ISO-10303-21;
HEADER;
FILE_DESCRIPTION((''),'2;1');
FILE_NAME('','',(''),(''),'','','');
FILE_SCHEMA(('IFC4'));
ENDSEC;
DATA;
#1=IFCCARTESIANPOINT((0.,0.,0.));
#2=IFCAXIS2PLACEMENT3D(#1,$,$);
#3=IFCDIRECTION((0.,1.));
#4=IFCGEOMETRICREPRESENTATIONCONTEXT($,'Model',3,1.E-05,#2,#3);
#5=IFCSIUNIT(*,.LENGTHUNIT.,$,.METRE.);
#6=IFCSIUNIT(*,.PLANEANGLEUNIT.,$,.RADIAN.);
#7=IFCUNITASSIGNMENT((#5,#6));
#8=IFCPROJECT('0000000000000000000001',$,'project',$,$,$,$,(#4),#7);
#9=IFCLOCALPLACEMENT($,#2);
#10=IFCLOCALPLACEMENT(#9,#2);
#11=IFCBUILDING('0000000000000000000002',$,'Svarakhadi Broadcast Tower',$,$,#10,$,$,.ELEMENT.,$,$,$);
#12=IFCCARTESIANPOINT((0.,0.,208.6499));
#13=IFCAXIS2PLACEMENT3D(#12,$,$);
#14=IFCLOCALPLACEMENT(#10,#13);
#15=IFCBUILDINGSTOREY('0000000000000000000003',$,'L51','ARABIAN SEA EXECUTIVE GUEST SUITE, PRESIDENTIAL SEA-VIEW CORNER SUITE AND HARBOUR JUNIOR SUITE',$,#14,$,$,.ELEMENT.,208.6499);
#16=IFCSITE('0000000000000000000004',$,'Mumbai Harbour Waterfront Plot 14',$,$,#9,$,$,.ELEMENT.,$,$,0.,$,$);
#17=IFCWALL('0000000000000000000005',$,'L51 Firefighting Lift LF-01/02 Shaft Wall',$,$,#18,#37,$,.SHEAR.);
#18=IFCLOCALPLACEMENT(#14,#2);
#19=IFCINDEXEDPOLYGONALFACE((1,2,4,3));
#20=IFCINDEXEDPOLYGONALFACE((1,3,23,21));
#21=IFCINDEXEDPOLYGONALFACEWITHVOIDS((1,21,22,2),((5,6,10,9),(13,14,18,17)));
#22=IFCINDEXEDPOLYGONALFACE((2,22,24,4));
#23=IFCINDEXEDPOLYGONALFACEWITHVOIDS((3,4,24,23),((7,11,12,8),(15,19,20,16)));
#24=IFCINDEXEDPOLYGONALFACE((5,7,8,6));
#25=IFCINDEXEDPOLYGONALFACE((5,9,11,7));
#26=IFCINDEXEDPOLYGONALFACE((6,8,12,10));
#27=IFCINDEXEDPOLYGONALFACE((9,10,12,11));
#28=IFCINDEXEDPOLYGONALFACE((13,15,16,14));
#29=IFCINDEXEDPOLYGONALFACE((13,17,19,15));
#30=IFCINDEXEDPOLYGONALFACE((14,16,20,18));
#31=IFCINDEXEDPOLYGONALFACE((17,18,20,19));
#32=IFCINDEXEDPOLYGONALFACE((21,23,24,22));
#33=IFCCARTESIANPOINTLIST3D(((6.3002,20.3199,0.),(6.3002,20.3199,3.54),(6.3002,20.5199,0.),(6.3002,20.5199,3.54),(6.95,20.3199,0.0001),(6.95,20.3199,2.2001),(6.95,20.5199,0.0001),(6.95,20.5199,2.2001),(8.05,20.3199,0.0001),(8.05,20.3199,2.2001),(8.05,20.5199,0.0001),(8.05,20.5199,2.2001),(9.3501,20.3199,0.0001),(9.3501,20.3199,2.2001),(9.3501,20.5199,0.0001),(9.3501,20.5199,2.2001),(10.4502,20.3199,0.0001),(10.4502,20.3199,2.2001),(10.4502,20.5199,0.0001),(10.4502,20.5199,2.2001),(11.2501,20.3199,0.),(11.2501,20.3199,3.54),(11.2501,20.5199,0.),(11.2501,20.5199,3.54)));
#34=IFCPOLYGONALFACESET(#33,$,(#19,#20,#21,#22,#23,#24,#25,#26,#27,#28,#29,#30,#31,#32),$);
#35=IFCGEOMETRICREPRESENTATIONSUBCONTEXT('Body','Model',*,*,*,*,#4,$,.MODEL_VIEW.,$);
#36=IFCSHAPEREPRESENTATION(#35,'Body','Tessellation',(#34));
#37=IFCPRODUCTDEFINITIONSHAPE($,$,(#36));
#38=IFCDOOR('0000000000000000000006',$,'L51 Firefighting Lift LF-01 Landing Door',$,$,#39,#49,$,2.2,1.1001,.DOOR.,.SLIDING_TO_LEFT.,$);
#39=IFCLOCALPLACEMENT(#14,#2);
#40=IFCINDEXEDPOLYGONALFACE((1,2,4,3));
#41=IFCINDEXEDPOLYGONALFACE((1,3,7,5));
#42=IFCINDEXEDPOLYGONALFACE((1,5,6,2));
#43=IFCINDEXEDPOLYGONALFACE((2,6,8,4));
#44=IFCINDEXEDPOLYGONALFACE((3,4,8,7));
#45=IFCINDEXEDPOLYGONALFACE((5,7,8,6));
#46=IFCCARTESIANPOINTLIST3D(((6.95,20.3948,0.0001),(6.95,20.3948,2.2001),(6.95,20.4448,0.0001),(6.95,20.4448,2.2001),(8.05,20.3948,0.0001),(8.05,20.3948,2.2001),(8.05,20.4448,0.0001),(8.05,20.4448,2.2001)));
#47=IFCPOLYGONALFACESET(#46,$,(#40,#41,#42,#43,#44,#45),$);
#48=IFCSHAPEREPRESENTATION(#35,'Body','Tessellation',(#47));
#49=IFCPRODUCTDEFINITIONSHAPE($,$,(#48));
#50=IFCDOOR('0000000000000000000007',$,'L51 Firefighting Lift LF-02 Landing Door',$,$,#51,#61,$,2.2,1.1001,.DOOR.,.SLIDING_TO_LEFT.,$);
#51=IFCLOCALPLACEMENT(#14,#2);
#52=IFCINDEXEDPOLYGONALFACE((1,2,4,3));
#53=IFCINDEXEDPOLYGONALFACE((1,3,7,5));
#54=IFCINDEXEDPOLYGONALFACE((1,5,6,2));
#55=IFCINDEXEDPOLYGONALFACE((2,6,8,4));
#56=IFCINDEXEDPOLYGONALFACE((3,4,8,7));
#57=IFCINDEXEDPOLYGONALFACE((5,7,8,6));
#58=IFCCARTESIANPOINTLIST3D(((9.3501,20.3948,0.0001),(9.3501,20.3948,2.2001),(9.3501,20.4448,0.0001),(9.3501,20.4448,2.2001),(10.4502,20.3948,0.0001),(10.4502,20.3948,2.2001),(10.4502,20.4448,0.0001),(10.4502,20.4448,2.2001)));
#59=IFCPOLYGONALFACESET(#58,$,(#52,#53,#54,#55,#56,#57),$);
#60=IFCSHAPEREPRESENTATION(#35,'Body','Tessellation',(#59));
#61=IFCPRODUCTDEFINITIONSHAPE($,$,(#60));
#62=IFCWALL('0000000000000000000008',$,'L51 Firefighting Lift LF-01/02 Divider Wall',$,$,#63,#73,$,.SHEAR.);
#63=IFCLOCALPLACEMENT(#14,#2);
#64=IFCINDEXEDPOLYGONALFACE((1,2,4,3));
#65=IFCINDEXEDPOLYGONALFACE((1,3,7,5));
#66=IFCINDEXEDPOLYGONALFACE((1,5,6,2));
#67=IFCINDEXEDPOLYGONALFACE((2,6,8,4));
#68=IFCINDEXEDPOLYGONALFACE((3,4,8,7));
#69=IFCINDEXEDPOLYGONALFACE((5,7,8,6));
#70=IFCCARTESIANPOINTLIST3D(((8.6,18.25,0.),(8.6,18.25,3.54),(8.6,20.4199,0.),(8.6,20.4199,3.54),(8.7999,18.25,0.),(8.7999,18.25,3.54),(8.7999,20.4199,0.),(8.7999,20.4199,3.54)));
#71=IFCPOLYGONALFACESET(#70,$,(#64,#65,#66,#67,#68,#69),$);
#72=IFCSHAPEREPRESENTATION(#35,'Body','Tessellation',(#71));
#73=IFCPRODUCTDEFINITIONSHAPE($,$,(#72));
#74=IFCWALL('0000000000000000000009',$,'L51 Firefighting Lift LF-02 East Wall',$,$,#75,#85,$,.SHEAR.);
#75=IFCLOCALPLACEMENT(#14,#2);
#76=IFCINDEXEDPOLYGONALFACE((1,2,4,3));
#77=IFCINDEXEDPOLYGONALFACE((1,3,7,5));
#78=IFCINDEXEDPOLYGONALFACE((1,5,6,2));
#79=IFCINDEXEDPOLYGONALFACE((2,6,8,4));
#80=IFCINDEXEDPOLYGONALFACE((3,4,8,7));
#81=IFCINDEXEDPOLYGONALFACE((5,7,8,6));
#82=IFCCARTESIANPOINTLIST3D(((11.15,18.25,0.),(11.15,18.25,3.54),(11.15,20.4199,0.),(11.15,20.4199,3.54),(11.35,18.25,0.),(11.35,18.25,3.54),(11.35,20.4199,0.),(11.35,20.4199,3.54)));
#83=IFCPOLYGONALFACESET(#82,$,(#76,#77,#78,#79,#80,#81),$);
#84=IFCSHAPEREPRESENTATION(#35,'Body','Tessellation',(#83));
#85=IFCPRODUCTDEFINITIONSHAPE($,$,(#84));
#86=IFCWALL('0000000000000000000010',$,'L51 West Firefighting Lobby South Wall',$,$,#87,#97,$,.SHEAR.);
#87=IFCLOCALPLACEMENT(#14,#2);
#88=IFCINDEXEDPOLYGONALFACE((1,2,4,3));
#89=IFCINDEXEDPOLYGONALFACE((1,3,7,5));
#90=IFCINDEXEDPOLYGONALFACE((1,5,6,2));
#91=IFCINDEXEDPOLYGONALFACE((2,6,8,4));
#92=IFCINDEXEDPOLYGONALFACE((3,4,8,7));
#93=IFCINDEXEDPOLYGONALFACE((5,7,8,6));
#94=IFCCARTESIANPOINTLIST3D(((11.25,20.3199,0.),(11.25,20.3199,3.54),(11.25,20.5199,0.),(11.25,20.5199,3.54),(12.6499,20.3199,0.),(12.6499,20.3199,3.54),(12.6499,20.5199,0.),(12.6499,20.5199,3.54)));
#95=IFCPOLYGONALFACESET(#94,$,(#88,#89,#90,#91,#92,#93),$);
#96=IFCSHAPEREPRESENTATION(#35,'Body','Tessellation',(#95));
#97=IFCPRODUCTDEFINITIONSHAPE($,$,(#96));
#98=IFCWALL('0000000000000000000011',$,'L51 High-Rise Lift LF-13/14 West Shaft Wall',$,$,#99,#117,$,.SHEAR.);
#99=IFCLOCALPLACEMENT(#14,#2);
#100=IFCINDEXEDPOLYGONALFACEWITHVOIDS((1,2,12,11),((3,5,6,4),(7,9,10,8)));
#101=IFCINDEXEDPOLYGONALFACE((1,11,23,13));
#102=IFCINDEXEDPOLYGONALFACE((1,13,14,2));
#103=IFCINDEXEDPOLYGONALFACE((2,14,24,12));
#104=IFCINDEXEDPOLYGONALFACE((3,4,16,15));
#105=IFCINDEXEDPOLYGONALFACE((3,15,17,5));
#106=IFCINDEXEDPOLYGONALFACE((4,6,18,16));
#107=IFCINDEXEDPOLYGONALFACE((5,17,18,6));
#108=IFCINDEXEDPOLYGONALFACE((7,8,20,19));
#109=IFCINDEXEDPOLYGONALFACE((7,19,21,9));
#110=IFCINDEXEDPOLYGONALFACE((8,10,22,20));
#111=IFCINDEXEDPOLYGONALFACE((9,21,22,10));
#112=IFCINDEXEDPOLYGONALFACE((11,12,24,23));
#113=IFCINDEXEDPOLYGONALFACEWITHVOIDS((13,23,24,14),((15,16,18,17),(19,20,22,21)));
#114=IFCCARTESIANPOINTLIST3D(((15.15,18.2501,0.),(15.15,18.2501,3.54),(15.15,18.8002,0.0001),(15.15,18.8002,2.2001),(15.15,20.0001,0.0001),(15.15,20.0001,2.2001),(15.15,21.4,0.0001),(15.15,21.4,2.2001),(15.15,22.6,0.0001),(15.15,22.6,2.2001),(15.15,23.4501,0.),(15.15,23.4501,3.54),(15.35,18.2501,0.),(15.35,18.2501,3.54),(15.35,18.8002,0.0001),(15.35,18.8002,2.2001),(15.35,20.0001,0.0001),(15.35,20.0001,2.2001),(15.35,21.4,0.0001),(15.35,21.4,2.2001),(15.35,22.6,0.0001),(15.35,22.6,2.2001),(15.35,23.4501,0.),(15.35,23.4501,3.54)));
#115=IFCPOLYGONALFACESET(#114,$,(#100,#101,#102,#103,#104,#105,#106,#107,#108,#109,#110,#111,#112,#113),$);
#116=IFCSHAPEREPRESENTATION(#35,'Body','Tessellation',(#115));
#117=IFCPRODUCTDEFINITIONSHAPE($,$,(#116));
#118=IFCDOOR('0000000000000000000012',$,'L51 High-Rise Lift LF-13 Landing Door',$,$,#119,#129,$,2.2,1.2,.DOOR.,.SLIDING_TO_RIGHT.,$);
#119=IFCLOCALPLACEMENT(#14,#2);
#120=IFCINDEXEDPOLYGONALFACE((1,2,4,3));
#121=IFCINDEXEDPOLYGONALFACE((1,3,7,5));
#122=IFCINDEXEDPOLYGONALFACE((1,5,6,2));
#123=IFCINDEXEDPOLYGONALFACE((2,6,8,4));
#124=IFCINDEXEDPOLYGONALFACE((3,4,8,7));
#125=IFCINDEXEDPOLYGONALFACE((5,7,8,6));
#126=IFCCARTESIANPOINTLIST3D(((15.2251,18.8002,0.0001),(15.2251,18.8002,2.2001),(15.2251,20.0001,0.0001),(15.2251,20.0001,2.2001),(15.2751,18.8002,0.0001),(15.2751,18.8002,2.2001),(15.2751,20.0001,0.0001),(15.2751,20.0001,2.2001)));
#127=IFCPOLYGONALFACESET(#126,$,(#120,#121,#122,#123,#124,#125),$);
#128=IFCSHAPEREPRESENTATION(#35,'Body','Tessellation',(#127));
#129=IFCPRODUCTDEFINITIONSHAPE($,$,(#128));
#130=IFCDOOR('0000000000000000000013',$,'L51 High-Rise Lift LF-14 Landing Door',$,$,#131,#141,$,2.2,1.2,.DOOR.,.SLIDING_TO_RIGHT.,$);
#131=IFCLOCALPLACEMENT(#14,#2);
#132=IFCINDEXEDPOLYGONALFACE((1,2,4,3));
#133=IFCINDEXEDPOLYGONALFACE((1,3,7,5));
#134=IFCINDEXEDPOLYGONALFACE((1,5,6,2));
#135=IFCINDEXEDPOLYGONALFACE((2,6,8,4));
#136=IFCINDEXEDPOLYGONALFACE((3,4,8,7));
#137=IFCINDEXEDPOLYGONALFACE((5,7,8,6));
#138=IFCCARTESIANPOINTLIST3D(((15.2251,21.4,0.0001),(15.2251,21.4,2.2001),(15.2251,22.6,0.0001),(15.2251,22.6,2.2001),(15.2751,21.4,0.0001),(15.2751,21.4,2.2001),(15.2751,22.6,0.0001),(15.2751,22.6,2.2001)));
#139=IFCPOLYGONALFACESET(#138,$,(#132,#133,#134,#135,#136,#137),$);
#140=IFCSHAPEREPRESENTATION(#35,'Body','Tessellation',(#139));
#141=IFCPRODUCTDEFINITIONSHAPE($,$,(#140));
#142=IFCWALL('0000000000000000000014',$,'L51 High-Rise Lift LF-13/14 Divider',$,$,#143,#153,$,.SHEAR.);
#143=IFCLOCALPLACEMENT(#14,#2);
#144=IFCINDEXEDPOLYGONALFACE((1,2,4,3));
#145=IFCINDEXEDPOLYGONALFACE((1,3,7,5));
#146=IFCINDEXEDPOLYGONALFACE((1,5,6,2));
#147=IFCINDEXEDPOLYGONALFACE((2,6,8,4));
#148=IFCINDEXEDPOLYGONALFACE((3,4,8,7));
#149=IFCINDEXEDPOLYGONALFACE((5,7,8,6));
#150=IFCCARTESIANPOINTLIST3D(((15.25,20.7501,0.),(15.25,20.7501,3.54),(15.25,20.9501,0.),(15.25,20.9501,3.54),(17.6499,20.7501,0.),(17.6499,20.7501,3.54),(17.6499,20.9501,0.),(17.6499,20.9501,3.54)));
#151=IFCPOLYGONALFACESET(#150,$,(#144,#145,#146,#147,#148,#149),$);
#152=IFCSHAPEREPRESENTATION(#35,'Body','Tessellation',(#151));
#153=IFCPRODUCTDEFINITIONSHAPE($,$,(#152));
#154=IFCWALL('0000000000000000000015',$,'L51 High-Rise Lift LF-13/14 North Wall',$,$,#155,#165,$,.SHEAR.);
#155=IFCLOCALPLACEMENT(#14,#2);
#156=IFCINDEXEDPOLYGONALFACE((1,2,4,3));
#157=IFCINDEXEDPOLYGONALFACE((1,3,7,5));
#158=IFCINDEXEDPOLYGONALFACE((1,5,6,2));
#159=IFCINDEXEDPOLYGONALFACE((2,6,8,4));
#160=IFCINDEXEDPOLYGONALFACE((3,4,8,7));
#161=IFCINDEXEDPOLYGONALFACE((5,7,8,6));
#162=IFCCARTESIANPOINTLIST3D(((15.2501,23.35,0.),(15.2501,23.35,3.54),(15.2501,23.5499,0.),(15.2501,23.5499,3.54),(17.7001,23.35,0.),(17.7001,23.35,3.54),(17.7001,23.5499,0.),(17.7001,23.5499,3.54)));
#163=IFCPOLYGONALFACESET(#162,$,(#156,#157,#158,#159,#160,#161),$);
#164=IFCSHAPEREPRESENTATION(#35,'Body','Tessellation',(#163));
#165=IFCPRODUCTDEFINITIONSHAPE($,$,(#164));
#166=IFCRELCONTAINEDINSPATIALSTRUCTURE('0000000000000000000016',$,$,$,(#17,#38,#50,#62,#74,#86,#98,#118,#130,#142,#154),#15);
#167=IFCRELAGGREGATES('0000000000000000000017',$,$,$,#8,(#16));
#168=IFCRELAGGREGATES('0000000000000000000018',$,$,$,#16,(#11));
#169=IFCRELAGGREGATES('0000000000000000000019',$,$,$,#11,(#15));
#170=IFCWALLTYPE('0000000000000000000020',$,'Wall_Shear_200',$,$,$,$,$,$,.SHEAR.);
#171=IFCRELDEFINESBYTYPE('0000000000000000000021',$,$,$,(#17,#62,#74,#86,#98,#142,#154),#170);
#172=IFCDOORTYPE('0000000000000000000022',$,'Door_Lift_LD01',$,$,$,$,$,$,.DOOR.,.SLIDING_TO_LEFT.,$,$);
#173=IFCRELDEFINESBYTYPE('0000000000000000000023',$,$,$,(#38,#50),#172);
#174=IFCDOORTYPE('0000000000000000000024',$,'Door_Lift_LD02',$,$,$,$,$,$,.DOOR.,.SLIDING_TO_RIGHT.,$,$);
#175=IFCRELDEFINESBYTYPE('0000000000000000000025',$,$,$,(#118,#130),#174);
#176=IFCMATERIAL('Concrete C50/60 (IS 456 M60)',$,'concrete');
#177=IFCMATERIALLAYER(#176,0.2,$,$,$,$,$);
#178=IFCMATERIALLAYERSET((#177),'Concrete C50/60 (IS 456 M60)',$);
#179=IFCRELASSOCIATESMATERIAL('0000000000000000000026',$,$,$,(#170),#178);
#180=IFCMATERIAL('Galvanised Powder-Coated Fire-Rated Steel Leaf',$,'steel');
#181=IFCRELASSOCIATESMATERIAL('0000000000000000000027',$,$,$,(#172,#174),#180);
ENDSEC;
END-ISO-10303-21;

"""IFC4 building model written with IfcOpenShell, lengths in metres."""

from ifc_helpers import new_model, si_unit, direction, frame, frame_2d, origin, place, context, subcontext, project, spatial, rectangle, extrude, material, layer, layer_set, type_object, element, fill, save


model = new_model("IFC4")

# Units and contexts
model_context = context("Model", 3, precision=1e-05, world=origin(), true_north=direction((0.0, 1.0)))
body_context = subcontext(model_context, "Body", "Model", "MODEL_VIEW")
ifc_project = project(units=[si_unit("LENGTHUNIT", "METRE"), si_unit("PLANEANGLEUNIT", "RADIAN")], contexts=[model_context])

# Site, building, storey
site_placement = place(None, origin())
site = spatial("IfcSite", under=ifc_project, at=site_placement, Name="Mumbai Harbour Waterfront Plot 14", CompositionType="ELEMENT", RefElevation=0.0)
building_placement = place(site_placement, origin())
building = spatial("IfcBuilding", under=site, at=building_placement, Name="Svarakhadi Broadcast Tower", CompositionType="ELEMENT")
storey_placement = place(building_placement, frame((0.0, 0.0, 208.6499)))
storey = spatial("IfcBuildingStorey", under=building, at=storey_placement, Name="L51", Description="ARABIAN SEA EXECUTIVE GUEST SUITE, PRESIDENTIAL SEA-VIEW CORNER SUITE AND HARBOUR JUNIOR SUITE", CompositionType="ELEMENT", Elevation=208.6499)

# Shared definitions
ifc_material_1 = material(Name="Concrete C50/60 (IS 456 M60)", Category="concrete")

# Shared definitions
ifc_material_2 = material(Name="Galvanised Powder-Coated Fire-Rated Steel Leaf", Category="steel")
ifc_layer_1 = layer(ifc_material_1, 0.2)
ifc_layer_set_1 = layer_set([ifc_layer_1], Name="Concrete C50/60 (IS 456 M60)")
wall_type_1 = type_object("IfcWallType", Name="Wall_Shear_200", PredefinedType="SHEAR", material=ifc_layer_set_1)

# Wall, openings, doors
wall_1_placement = place(storey_placement, frame((6.3, 20.4199, 0.0), z_axis=(0.0, 0.0, 1.0), x_axis=(1.0, 0.0, 0.0)))
wall_1 = element("IfcWall", 1, at=wall_1_placement, inside=storey, type_object=wall_type_1, Name="L51 Firefighting Lift LF-01/02 Shaft Wall", PredefinedType="SHEAR", context=body_context, shape_type="SweptSolid", body=[
    extrude(rectangle(XDim=4.95, YDim=0.2, at=frame_2d((2.4751, 0.0))), origin(), (0.0, 0.0, 1.0), 3.54),
])
opening_1_placement = place(wall_1_placement, frame((0.6499, 0.0, 0.0)))
opening_1 = element("IfcOpeningElement", 2, at=opening_1_placement, cuts=wall_1, PredefinedType="OPENING", context=body_context, shape_type="SweptSolid", body=[
    extrude(rectangle(XDim=1.1001, YDim=2.2, at=frame_2d((0.55, 1.1001))), frame((0.0, 0.1099, 0.0), z_axis=(0.0, -1.0, 0.0), x_axis=(1.0, 0.0, 0.0)), (0.0, 0.0, 1.0), 0.22),
])
opening_2_placement = place(wall_1_placement, frame((3.05, 0.0, 0.0)))
opening_2 = element("IfcOpeningElement", 3, at=opening_2_placement, cuts=wall_1, PredefinedType="OPENING", context=body_context, shape_type="SweptSolid", body=[
    extrude(rectangle(XDim=1.1001, YDim=2.2, at=frame_2d((0.55, 1.1001))), frame((0.0, 0.1099, 0.0), z_axis=(0.0, -1.0, 0.0), x_axis=(1.0, 0.0, 0.0)), (0.0, 0.0, 1.0), 0.22),
])
door_type_1 = type_object("IfcDoorType", Name="Door_Lift_LD01", OperationType="SLIDING_TO_LEFT", PredefinedType="DOOR", material=ifc_material_2)
door_1_placement = place(opening_1_placement, origin())
door_1 = element("IfcDoor", 4, at=door_1_placement, inside=storey, type_object=door_type_1, Name="L51 Firefighting Lift LF-01 Landing Door", OperationType="SLIDING_TO_LEFT", OverallHeight=2.2, OverallWidth=1.1001, PredefinedType="DOOR", context=body_context, shape_type="SweptSolid", body=[
    extrude(rectangle(XDim=1.1001, YDim=2.2, at=frame_2d((0.55, 1.1001))), frame((0.0, 0.0249, 0.0), z_axis=(0.0, -1.0, 0.0), x_axis=(1.0, 0.0, 0.0)), (0.0, 0.0, 1.0), 0.05),
])
fill(opening_1, door_1)
door_2_placement = place(opening_2_placement, origin())
door_2 = element("IfcDoor", 5, at=door_2_placement, inside=storey, type_object=door_type_1, Name="L51 Firefighting Lift LF-02 Landing Door", OperationType="SLIDING_TO_LEFT", OverallHeight=2.2, OverallWidth=1.1001, PredefinedType="DOOR", context=body_context, shape_type="SweptSolid", body=[
    extrude(rectangle(XDim=1.1001, YDim=2.2, at=frame_2d((0.55, 1.1001))), frame((0.0, 0.0249, 0.0), z_axis=(0.0, -1.0, 0.0), x_axis=(1.0, 0.0, 0.0)), (0.0, 0.0, 1.0), 0.05),
])
fill(opening_2, door_2)

# Walls
for number, where, z_axis, x_axis, name in (
    (6, (8.7, 18.25, 0.0), (0.0, 0.0, 1.0), (0.0, 1.0, 0.0), "L51 Firefighting Lift LF-01/02 Divider Wall"),
    (7, (11.25, 18.25, 0.0), (0.0, 0.0, 1.0), (0.0, 1.0, 0.0), "L51 Firefighting Lift LF-02 East Wall"),
):
    element("IfcWall", number, at=place(storey_placement, frame(where, z_axis=z_axis, x_axis=x_axis)), inside=storey, type_object=wall_type_1, Name=name, PredefinedType="SHEAR", context=body_context, shape_type="SweptSolid", body=[
        extrude(rectangle(XDim=2.1699, YDim=0.2, at=frame_2d((1.085, 0.0))), origin(), (0.0, 0.0, 1.0), 3.54),
    ])
wall_2_placement = place(storey_placement, frame((11.25, 20.4199, 0.0), z_axis=(0.0, 0.0, 1.0), x_axis=(1.0, 0.0, 0.0)))
element("IfcWall", 8, at=wall_2_placement, inside=storey, type_object=wall_type_1, Name="L51 West Firefighting Lobby South Wall", PredefinedType="SHEAR", context=body_context, shape_type="SweptSolid", body=[
    extrude(rectangle(XDim=1.3999, YDim=0.2, at=frame_2d((0.7, 0.0))), origin(), (0.0, 0.0, 1.0), 3.54),
])

# Wall, openings, doors
wall_3_placement = place(storey_placement, frame((15.25, 18.25, 0.0), z_axis=(0.0, 0.0, 1.0), x_axis=(0.0, 1.0, 0.0)))
wall_3 = element("IfcWall", 9, at=wall_3_placement, inside=storey, type_object=wall_type_1, Name="L51 High-Rise Lift LF-13/14 West Shaft Wall", PredefinedType="SHEAR", context=body_context, shape_type="SweptSolid", body=[
    extrude(rectangle(XDim=5.2, YDim=0.2, at=frame_2d((2.6001, 0.0))), origin(), (0.0, 0.0, 1.0), 3.54),
])
opening_3_placement = place(wall_3_placement, frame((0.55, 0.0, 0.0)))
opening_3 = element("IfcOpeningElement", 10, at=opening_3_placement, cuts=wall_3, PredefinedType="OPENING", context=body_context, shape_type="SweptSolid", body=[
    extrude(rectangle(XDim=1.2, YDim=2.2, at=frame_2d((0.6001, 1.1001))), frame((0.0, 0.1099, 0.0), z_axis=(0.0, -1.0, 0.0), x_axis=(1.0, 0.0, 0.0)), (0.0, 0.0, 1.0), 0.22),
])
opening_4_placement = place(wall_3_placement, frame((3.1499, 0.0, 0.0)))
opening_4 = element("IfcOpeningElement", 11, at=opening_4_placement, cuts=wall_3, PredefinedType="OPENING", context=body_context, shape_type="SweptSolid", body=[
    extrude(rectangle(XDim=1.2, YDim=2.2, at=frame_2d((0.6001, 1.1001))), frame((0.0, 0.1099, 0.0), z_axis=(0.0, -1.0, 0.0), x_axis=(1.0, 0.0, 0.0)), (0.0, 0.0, 1.0), 0.22),
])
door_type_2 = type_object("IfcDoorType", Name="Door_Lift_LD02", OperationType="SLIDING_TO_RIGHT", PredefinedType="DOOR", material=ifc_material_2)
door_3_placement = place(opening_3_placement, origin())
door_3 = element("IfcDoor", 12, at=door_3_placement, inside=storey, type_object=door_type_2, Name="L51 High-Rise Lift LF-13 Landing Door", OperationType="SLIDING_TO_RIGHT", OverallHeight=2.2, OverallWidth=1.2, PredefinedType="DOOR", context=body_context, shape_type="SweptSolid", body=[
    extrude(rectangle(XDim=1.2, YDim=2.2, at=frame_2d((0.6001, 1.1001))), frame((0.0, 0.0249, 0.0), z_axis=(0.0, -1.0, 0.0), x_axis=(1.0, 0.0, 0.0)), (0.0, 0.0, 1.0), 0.05),
])
fill(opening_3, door_3)
door_4_placement = place(opening_4_placement, origin())
door_4 = element("IfcDoor", 13, at=door_4_placement, inside=storey, type_object=door_type_2, Name="L51 High-Rise Lift LF-14 Landing Door", OperationType="SLIDING_TO_RIGHT", OverallHeight=2.2, OverallWidth=1.2, PredefinedType="DOOR", context=body_context, shape_type="SweptSolid", body=[
    extrude(rectangle(XDim=1.2, YDim=2.2, at=frame_2d((0.6001, 1.1001))), frame((0.0, 0.0249, 0.0), z_axis=(0.0, -1.0, 0.0), x_axis=(1.0, 0.0, 0.0)), (0.0, 0.0, 1.0), 0.05),
])
fill(opening_4, door_4)

# Walls
wall_4_placement = place(storey_placement, frame((15.25, 20.8501, 0.0), z_axis=(0.0, 0.0, 1.0), x_axis=(1.0, 0.0, 0.0)))
element("IfcWall", 14, at=wall_4_placement, inside=storey, type_object=wall_type_1, Name="L51 High-Rise Lift LF-13/14 Divider", PredefinedType="SHEAR", context=body_context, shape_type="SweptSolid", body=[
    extrude(rectangle(XDim=2.3999, YDim=0.2, at=frame_2d((1.2, 0.0))), origin(), (0.0, 0.0, 1.0), 3.54),
])
wall_5_placement = place(storey_placement, frame((15.25, 23.45, 0.0), z_axis=(0.0, 0.0, 1.0), x_axis=(1.0, 0.0, 0.0)))
element("IfcWall", 15, at=wall_5_placement, inside=storey, type_object=wall_type_1, Name="L51 High-Rise Lift LF-13/14 North Wall", PredefinedType="SHEAR", context=body_context, shape_type="SweptSolid", body=[
    extrude(rectangle(XDim=2.45, YDim=0.2, at=frame_2d((1.2251, 0.0))), origin(), (0.0, 0.0, 1.0), 3.54),
])

save(model, "model.ifc")
